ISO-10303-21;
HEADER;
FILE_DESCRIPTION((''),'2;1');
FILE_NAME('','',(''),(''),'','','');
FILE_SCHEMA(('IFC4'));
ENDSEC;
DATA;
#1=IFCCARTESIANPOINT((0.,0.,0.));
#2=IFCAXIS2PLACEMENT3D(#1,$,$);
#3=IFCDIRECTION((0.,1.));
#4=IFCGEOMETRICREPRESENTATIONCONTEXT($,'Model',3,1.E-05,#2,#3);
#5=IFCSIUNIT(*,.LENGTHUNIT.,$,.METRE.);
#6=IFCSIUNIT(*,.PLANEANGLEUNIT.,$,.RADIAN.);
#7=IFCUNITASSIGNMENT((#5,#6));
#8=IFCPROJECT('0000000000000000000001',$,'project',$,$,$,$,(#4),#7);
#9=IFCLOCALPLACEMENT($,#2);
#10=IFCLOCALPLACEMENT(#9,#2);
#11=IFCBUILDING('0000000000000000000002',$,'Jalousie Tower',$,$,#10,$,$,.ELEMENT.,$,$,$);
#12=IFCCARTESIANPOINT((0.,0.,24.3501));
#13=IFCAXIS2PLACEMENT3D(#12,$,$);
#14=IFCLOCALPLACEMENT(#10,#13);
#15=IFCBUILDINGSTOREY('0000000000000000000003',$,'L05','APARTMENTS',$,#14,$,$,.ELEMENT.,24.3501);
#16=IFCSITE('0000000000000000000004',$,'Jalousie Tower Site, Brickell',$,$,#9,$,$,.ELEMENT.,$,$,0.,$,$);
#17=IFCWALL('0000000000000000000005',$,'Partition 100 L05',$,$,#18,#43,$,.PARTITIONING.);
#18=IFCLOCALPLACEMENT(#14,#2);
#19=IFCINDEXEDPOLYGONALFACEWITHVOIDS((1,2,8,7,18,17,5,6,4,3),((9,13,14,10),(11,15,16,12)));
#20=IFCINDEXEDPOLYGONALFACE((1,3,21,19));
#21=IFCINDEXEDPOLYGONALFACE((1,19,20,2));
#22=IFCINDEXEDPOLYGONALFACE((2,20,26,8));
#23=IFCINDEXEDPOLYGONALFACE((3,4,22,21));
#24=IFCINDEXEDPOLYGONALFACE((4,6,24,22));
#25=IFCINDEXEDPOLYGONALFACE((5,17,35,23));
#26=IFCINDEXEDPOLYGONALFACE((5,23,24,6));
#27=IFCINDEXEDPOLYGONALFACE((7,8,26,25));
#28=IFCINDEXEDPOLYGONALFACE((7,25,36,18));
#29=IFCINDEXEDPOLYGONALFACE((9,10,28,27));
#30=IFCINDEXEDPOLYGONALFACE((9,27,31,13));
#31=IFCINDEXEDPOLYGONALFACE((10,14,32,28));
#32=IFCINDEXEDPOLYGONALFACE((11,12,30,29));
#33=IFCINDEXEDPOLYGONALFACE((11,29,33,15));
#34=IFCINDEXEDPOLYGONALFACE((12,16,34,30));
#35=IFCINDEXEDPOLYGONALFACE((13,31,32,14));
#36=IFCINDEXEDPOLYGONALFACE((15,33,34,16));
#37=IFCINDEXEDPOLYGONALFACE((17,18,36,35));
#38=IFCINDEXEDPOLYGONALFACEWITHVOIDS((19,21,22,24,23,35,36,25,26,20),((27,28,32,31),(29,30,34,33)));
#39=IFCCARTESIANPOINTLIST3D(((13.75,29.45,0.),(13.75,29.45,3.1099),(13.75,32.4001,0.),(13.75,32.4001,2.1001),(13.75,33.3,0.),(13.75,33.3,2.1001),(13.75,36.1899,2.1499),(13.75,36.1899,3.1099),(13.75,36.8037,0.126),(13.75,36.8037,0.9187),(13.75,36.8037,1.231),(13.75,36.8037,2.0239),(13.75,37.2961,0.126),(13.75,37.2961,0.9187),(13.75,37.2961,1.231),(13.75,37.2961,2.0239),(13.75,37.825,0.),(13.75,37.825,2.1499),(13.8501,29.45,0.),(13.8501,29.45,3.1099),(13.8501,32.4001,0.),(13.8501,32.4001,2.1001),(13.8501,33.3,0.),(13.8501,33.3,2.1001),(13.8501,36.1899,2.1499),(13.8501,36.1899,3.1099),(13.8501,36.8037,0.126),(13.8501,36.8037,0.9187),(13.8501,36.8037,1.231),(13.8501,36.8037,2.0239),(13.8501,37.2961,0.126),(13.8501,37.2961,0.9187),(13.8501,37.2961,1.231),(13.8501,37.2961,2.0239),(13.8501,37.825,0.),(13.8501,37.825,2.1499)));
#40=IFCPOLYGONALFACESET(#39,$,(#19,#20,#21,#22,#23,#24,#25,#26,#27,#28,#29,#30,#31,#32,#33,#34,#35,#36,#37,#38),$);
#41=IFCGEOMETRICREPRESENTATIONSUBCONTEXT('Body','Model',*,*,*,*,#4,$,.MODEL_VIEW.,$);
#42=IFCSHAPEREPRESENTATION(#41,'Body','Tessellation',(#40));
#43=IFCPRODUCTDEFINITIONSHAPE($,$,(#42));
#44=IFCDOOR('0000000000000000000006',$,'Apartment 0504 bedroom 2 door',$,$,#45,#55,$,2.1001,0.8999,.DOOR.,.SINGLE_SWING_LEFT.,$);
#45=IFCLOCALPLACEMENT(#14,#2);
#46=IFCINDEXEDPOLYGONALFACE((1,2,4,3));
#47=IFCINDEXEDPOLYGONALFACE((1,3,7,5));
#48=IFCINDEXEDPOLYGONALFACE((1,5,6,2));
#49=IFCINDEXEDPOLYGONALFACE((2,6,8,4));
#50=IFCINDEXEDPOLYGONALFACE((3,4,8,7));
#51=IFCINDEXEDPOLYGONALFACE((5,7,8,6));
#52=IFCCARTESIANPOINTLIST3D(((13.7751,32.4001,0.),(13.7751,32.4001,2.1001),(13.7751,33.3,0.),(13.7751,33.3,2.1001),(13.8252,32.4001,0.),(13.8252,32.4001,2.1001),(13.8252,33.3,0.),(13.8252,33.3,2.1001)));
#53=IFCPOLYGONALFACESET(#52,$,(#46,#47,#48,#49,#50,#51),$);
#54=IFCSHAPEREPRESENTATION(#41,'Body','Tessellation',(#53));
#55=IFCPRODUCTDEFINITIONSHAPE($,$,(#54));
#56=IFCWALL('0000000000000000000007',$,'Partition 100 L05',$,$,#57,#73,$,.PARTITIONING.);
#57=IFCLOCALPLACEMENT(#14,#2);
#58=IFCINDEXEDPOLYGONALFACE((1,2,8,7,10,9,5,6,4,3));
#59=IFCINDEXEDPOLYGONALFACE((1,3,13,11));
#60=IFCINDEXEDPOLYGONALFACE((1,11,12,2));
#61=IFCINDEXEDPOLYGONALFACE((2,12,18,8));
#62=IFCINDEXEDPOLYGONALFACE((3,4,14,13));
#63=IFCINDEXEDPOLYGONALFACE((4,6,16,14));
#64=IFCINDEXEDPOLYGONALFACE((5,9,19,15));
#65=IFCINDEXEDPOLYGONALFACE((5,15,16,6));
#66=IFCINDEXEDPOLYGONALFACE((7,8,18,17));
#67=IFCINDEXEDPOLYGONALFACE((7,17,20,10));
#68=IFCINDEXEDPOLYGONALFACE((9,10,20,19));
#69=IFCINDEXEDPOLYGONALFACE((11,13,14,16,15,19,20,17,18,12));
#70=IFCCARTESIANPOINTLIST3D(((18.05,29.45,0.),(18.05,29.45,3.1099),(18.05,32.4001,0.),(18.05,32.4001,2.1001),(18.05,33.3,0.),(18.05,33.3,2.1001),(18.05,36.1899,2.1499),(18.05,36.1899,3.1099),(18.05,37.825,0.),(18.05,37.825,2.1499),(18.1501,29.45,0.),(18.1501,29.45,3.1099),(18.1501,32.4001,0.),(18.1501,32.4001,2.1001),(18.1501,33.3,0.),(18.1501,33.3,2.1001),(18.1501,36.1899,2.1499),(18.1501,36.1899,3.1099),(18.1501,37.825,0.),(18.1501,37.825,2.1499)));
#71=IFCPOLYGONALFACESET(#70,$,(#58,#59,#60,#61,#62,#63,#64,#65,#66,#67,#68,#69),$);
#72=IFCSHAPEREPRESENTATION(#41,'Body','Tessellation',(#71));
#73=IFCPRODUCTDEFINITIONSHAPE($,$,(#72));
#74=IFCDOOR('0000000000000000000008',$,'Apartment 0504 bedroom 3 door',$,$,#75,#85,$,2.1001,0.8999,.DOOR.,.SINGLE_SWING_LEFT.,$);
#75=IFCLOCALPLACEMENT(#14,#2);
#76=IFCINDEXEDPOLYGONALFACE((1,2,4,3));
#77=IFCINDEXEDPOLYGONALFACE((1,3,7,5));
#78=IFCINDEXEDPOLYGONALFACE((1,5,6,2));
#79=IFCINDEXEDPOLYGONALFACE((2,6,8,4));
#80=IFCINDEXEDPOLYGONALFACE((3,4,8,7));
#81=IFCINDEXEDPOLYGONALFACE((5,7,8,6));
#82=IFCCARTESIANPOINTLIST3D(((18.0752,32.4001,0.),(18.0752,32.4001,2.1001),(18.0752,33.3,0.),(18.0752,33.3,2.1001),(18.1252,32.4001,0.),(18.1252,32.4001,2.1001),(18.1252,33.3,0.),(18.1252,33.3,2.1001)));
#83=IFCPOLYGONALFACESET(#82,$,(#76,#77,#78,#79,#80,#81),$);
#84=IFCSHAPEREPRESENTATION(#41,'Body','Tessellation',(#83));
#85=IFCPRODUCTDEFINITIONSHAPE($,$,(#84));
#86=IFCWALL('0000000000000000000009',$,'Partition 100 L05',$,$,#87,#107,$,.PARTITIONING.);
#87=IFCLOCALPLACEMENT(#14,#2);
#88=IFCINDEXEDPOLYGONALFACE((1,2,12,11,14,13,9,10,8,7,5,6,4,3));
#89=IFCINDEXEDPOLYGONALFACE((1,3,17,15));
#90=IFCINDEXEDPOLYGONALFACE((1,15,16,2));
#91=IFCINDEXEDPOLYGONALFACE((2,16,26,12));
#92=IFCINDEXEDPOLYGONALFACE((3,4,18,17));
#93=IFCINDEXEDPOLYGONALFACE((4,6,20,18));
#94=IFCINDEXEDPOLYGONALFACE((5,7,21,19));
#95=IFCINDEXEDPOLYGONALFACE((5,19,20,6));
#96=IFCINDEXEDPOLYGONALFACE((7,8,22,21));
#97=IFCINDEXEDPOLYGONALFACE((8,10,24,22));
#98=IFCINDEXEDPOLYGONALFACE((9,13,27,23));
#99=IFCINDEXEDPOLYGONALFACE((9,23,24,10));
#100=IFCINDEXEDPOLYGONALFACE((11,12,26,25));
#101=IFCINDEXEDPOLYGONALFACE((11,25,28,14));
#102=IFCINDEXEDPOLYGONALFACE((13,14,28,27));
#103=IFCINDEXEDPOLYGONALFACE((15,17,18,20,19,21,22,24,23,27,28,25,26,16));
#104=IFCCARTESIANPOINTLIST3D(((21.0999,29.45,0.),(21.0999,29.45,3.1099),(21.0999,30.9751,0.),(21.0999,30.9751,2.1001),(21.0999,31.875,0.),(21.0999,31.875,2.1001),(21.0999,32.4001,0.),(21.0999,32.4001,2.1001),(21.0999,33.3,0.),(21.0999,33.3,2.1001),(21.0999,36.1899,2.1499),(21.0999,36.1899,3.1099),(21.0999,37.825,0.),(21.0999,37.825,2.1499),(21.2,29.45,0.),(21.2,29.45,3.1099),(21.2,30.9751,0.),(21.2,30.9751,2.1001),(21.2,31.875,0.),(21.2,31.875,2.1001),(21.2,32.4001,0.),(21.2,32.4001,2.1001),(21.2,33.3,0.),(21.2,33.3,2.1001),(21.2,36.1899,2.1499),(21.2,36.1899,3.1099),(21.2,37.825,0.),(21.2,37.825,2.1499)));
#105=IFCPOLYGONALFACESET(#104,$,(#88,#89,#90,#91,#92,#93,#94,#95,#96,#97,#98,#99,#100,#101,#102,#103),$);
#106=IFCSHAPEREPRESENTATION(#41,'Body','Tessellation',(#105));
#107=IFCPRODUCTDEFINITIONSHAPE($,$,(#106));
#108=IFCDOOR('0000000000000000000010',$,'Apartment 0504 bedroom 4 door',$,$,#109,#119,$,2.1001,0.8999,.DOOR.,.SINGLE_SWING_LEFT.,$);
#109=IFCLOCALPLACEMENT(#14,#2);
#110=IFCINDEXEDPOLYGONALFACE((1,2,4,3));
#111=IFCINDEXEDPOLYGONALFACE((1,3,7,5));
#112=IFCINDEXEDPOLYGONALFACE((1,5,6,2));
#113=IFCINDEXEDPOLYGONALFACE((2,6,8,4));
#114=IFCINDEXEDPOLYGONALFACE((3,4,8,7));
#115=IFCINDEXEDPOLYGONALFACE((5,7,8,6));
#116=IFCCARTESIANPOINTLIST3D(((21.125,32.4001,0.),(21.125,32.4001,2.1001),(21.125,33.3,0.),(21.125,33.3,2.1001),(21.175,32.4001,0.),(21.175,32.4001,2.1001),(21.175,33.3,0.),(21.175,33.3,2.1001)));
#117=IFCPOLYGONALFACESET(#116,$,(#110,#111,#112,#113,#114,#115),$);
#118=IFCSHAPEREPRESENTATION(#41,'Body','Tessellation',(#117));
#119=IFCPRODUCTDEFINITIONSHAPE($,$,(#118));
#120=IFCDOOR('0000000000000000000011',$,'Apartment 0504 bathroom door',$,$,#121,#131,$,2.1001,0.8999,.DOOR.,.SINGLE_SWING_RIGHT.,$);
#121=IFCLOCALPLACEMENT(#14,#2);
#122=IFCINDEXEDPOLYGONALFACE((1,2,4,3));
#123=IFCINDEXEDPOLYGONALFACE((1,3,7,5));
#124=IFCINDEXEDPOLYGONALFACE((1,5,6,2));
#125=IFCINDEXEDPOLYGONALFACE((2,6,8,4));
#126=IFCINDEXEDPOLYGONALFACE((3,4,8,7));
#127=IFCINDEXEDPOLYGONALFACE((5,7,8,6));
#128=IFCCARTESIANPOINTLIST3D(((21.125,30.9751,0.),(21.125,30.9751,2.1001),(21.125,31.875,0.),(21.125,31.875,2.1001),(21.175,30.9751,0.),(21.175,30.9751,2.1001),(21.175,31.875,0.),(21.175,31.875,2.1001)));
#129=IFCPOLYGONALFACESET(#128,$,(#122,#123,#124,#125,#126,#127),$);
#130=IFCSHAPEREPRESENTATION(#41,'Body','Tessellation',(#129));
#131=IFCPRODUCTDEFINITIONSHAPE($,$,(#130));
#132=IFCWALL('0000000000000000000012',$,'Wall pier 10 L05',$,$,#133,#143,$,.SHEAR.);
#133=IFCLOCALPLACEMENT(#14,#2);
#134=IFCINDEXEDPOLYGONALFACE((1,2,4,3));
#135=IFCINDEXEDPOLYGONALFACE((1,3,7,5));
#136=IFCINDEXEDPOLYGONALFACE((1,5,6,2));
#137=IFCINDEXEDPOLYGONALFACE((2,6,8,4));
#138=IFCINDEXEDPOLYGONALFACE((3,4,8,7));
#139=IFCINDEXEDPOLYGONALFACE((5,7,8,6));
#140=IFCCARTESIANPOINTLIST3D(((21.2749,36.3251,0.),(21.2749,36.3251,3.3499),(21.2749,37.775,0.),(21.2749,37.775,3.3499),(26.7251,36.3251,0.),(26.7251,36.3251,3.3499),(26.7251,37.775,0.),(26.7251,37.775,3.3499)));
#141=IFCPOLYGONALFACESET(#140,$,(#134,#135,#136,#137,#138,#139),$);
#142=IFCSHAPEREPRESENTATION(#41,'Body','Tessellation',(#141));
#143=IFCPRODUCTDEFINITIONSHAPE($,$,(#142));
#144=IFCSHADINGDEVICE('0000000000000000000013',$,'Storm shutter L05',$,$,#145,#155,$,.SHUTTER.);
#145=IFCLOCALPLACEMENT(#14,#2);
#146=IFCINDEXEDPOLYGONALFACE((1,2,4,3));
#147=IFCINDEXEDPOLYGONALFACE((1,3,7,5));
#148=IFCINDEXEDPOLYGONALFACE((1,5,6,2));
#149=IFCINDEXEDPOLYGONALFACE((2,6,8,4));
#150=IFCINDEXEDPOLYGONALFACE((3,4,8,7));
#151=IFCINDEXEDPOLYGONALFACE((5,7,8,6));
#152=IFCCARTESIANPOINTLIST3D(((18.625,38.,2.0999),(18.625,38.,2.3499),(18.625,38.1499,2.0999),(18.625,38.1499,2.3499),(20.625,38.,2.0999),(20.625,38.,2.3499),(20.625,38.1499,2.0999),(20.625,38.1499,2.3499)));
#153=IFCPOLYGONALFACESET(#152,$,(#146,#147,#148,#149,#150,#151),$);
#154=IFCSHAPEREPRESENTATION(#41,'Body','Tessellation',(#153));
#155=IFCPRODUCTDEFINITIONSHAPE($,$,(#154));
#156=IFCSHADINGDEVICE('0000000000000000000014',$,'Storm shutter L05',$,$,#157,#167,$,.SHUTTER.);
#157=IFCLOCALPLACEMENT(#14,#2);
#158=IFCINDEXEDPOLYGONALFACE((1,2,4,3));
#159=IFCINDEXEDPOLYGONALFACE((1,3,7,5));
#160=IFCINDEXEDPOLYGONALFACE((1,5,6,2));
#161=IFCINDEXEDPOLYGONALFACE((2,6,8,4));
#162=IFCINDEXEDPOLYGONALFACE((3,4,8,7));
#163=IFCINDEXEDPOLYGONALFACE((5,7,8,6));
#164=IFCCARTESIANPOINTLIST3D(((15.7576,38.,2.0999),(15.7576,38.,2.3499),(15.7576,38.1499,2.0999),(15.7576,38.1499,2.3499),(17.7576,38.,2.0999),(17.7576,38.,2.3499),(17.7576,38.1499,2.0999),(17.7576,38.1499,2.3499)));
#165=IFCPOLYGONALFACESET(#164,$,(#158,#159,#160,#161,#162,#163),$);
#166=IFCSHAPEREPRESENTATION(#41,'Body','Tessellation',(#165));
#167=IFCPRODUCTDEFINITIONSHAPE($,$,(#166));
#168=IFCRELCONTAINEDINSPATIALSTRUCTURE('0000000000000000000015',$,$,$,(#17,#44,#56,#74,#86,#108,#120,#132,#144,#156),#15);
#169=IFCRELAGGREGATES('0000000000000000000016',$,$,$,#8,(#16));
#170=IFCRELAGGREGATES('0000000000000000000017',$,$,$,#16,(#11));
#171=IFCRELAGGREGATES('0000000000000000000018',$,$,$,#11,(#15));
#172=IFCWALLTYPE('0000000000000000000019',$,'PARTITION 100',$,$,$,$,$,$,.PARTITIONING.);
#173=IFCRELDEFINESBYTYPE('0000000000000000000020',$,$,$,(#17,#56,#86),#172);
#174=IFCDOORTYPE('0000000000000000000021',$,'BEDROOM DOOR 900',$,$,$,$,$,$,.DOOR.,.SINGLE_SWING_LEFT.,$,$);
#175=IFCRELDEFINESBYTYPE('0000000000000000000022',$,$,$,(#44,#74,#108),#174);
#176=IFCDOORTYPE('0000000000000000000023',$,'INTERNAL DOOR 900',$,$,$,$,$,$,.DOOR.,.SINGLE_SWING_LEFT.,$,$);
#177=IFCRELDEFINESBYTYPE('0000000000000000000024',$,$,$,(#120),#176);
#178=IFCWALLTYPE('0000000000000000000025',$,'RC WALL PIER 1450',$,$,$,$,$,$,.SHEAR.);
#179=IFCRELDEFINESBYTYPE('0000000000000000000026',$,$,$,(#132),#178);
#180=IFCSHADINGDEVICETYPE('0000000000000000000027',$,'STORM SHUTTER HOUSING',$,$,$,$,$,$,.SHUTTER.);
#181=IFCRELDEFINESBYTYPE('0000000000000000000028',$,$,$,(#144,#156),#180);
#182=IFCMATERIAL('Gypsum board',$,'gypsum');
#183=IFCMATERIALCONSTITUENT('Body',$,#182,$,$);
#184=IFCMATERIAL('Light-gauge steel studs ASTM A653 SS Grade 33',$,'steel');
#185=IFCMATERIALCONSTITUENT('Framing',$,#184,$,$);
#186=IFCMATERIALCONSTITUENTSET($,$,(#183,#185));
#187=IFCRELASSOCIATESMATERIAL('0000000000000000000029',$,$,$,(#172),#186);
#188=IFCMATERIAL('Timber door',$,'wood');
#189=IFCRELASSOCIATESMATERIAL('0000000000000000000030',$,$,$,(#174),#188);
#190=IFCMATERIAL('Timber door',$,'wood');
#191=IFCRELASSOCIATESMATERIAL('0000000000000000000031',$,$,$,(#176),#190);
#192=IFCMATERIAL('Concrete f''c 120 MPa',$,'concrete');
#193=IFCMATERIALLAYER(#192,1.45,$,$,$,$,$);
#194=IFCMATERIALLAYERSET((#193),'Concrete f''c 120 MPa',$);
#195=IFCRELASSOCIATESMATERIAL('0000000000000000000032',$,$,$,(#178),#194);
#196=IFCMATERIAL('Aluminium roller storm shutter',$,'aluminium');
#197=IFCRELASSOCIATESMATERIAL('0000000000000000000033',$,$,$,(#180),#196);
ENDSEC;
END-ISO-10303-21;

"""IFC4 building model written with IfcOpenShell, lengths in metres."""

from ifc_helpers import new_model, si_unit, direction, frame, frame_2d, origin, origin_2d, place, context, subcontext, project, spatial, polyline, rectangle, outline, extrude, material, layer, layer_set, constituent, constituent_set, type_object, element, fill, save


model = new_model("IFC4")

# Units and contexts
model_context = context("Model", 3, precision=1e-05, world=origin(), true_north=direction((0.0, 1.0)))
body_context = subcontext(model_context, "Body", "Model", "MODEL_VIEW")
ifc_project = project(units=[si_unit("LENGTHUNIT", "METRE"), si_unit("PLANEANGLEUNIT", "RADIAN")], contexts=[model_context])

# Site, building, storey
site_placement = place(None, origin())
site = spatial("IfcSite", under=ifc_project, at=site_placement, Name="Jalousie Tower Site, Brickell", CompositionType="ELEMENT", RefElevation=0.0)
building_placement = place(site_placement, origin())
building = spatial("IfcBuilding", under=site, at=building_placement, Name="Jalousie Tower", CompositionType="ELEMENT")
storey_placement = place(building_placement, frame((0.0, 0.0, 24.3501)))
storey = spatial("IfcBuildingStorey", under=building, at=storey_placement, Name="L05", Description="APARTMENTS", CompositionType="ELEMENT", Elevation=24.3501)

# Walls, openings, doors
ifc_material_1 = material(Name="Gypsum board", Category="gypsum")
ifc_constituent_1 = constituent(ifc_material_1, Name="Body")
ifc_material_2 = material(Name="Light-gauge steel studs ASTM A653 SS Grade 33", Category="steel")
ifc_constituent_2 = constituent(ifc_material_2, Name="Framing")
ifc_constituent_set = constituent_set(constituents=[ifc_constituent_1, ifc_constituent_2])
wall_type_1 = type_object("IfcWallType", Name="PARTITION 100", PredefinedType="PARTITIONING", material=ifc_constituent_set)
wall_1_placement = place(storey_placement, frame((13.8, 37.825, 0.0), z_axis=(0.0, 0.0, 1.0), x_axis=(0.0, -1.0, 0.0)))
wall_1 = element("IfcWall", 1, at=wall_1_placement, inside=storey, type_object=wall_type_1, Name="Partition 100 L05", PredefinedType="PARTITIONING", context=body_context, shape_type="SweptSolid", body=[
    extrude(outline(polyline([(1.635, 2.1499), (0.0, 2.1499), (0.0, 0.0), (8.375, 0.0), (8.375, 3.1099), (1.635, 3.1099), (1.635, 2.1499)]), holes=[polyline([(1.0212, 0.126), (0.5288, 0.126), (0.5288, 0.9187), (1.0212, 0.9187), (1.0212, 0.126)]), polyline([(1.0212, 1.231), (0.5288, 1.231), (0.5288, 2.0239), (1.0212, 2.0239), (1.0212, 1.231)])]), frame((0.0, 0.05, 0.0), z_axis=(0.0, -1.0, 0.0), x_axis=(1.0, 0.0, 0.0)), (0.0, 0.0, 1.0), 0.1001),
])
opening_1_placement = place(wall_1_placement, frame((4.5249, 0.0, 0.0)))
opening_1 = element("IfcOpeningElement", 2, at=opening_1_placement, cuts=wall_1, PredefinedType="OPENING", context=body_context, shape_type="SweptSolid", body=[
    extrude(rectangle(XDim=0.8999, YDim=2.1001, at=frame_2d((0.45, 1.05))), frame((0.0, 0.0601, 0.0), z_axis=(0.0, -1.0, 0.0), x_axis=(1.0, 0.0, 0.0)), (0.0, 0.0, 1.0), 0.1201),
])
ifc_material_3 = material(Name="Timber door", Category="wood")
door_type_1 = type_object("IfcDoorType", Name="BEDROOM DOOR 900", OperationType="SINGLE_SWING_LEFT", PredefinedType="DOOR", material=ifc_material_3)
door_1_placement = place(opening_1_placement, frame((0.8999, 0.0, 0.0), z_axis=(0.0, 0.0, 1.0), x_axis=(-1.0, 0.0, 0.0)))
door_1 = element("IfcDoor", 3, at=door_1_placement, inside=storey, type_object=door_type_1, Name="Apartment 0504 bedroom 2 door", OperationType="SINGLE_SWING_LEFT", OverallHeight=2.1001, OverallWidth=0.8999, PredefinedType="DOOR", context=body_context, shape_type="SweptSolid", body=[
    extrude(rectangle(XDim=0.8999, YDim=2.1001, at=frame_2d((0.45, 1.05))), frame((0.0, 0.0249, 0.0), z_axis=(0.0, -1.0, 0.0), x_axis=(1.0, 0.0, 0.0)), (0.0, 0.0, 1.0), 0.05),
])
fill(opening_1, door_1)
wall_2_placement = place(storey_placement, frame((18.1001, 37.825, 0.0), z_axis=(0.0, 0.0, 1.0), x_axis=(0.0, -1.0, 0.0)))
wall_2 = element("IfcWall", 4, at=wall_2_placement, inside=storey, type_object=wall_type_1, Name="Partition 100 L05", PredefinedType="PARTITIONING", context=body_context, shape_type="SweptSolid", body=[
    extrude(outline(polyline([(0.0, 0.0), (8.375, 0.0), (8.375, 3.1099), (1.635, 3.1099), (1.635, 2.1499), (0.0, 2.1499), (0.0, 3.1099), (0.0, 0.0)])), frame((0.0, 0.05, 0.0), z_axis=(0.0, -1.0, 0.0), x_axis=(1.0, 0.0, 0.0)), (0.0, 0.0, 1.0), 0.1001),
])
opening_2_placement = place(wall_2_placement, frame((4.5249, 0.0, 0.0)))
opening_2 = element("IfcOpeningElement", 5, at=opening_2_placement, cuts=wall_2, PredefinedType="OPENING", context=body_context, shape_type="SweptSolid", body=[
    extrude(rectangle(XDim=0.8999, YDim=2.1001, at=frame_2d((0.45, 1.05))), frame((0.0, 0.0601, 0.0), z_axis=(0.0, -1.0, 0.0), x_axis=(1.0, 0.0, 0.0)), (0.0, 0.0, 1.0), 0.1201),
])
door_2_placement = place(opening_2_placement, frame((0.8999, 0.0, 0.0), z_axis=(0.0, 0.0, 1.0), x_axis=(-1.0, 0.0, 0.0)))
door_2 = element("IfcDoor", 6, at=door_2_placement, inside=storey, type_object=door_type_1, Name="Apartment 0504 bedroom 3 door", OperationType="SINGLE_SWING_LEFT", OverallHeight=2.1001, OverallWidth=0.8999, PredefinedType="DOOR", context=body_context, shape_type="SweptSolid", body=[
    extrude(rectangle(XDim=0.8999, YDim=2.1001, at=frame_2d((0.45, 1.05))), frame((0.0, 0.0249, 0.0), z_axis=(0.0, -1.0, 0.0), x_axis=(1.0, 0.0, 0.0)), (0.0, 0.0, 1.0), 0.05),
])
fill(opening_2, door_2)

# Wall, openings, doors
wall_3_placement = place(storey_placement, frame((21.1499, 37.825, 0.0), z_axis=(0.0, 0.0, 1.0), x_axis=(0.0, -1.0, 0.0)))
wall_3 = element("IfcWall", 7, at=wall_3_placement, inside=storey, type_object=wall_type_1, Name="Partition 100 L05", PredefinedType="PARTITIONING", context=body_context, shape_type="SweptSolid", body=[
    extrude(outline(polyline([(0.0, 0.0), (8.375, 0.0), (8.375, 3.1099), (1.635, 3.1099), (1.635, 2.1499), (0.0, 2.1499), (0.0, 3.1099), (0.0, 0.0)])), frame((0.0, 0.05, 0.0), z_axis=(0.0, -1.0, 0.0), x_axis=(1.0, 0.0, 0.0)), (0.0, 0.0, 1.0), 0.1001),
])
opening_3_placement = place(wall_3_placement, frame((4.5249, 0.0, 0.0)))
opening_3 = element("IfcOpeningElement", 8, at=opening_3_placement, cuts=wall_3, PredefinedType="OPENING", context=body_context, shape_type="SweptSolid", body=[
    extrude(rectangle(XDim=0.8999, YDim=2.1001, at=frame_2d((0.45, 1.05))), frame((0.0, 0.0601, 0.0), z_axis=(0.0, -1.0, 0.0), x_axis=(1.0, 0.0, 0.0)), (0.0, 0.0, 1.0), 0.1201),
])
opening_4_placement = place(wall_3_placement, frame((5.95, 0.0, 0.0)))
opening_4 = element("IfcOpeningElement", 9, at=opening_4_placement, cuts=wall_3, PredefinedType="OPENING", context=body_context, shape_type="SweptSolid", body=[
    extrude(rectangle(XDim=0.8999, YDim=2.1001, at=frame_2d((0.45, 1.05))), frame((0.0, 0.0601, 0.0), z_axis=(0.0, -1.0, 0.0), x_axis=(1.0, 0.0, 0.0)), (0.0, 0.0, 1.0), 0.1201),
])
door_3_placement = place(opening_3_placement, frame((0.8999, 0.0, 0.0), z_axis=(0.0, 0.0, 1.0), x_axis=(-1.0, 0.0, 0.0)))
door_3 = element("IfcDoor", 10, at=door_3_placement, inside=storey, type_object=door_type_1, Name="Apartment 0504 bedroom 4 door", OperationType="SINGLE_SWING_LEFT", OverallHeight=2.1001, OverallWidth=0.8999, PredefinedType="DOOR", context=body_context, shape_type="SweptSolid", body=[
    extrude(rectangle(XDim=0.8999, YDim=2.1001, at=frame_2d((0.45, 1.05))), frame((0.0, 0.0249, 0.0), z_axis=(0.0, -1.0, 0.0), x_axis=(1.0, 0.0, 0.0)), (0.0, 0.0, 1.0), 0.05),
])
fill(opening_3, door_3)
ifc_material_4 = material(Name="Timber door", Category="wood")
door_type_2 = type_object("IfcDoorType", Name="INTERNAL DOOR 900", OperationType="SINGLE_SWING_LEFT", PredefinedType="DOOR", material=ifc_material_4)
door_4_placement = place(opening_4_placement, frame((0.8999, 0.0, 0.0), z_axis=(0.0, 0.0, 1.0), x_axis=(-1.0, 0.0, 0.0)))
door_4 = element("IfcDoor", 11, at=door_4_placement, inside=storey, type_object=door_type_2, Name="Apartment 0504 bathroom door", OperationType="SINGLE_SWING_RIGHT", OverallHeight=2.1001, OverallWidth=0.8999, PredefinedType="DOOR", context=body_context, shape_type="SweptSolid", body=[
    extrude(rectangle(XDim=0.8999, YDim=2.1001, at=frame_2d((0.45, 1.05))), frame((0.0, 0.0249, 0.0), z_axis=(0.0, -1.0, 0.0), x_axis=(1.0, 0.0, 0.0)), (0.0, 0.0, 1.0), 0.05),
])
fill(opening_4, door_4)

# Wall
ifc_material_5 = material(Name="Concrete f'c 120 MPa", Category="concrete")
ifc_layer_1 = layer(ifc_material_5, 1.45)
ifc_layer_set_1 = layer_set([ifc_layer_1], Name="Concrete f'c 120 MPa")
wall_type_2 = type_object("IfcWallType", Name="RC WALL PIER 1450", PredefinedType="SHEAR", material=ifc_layer_set_1)
wall_4_placement = place(storey_placement, frame((21.2749, 37.05, 0.0), z_axis=(0.0, 0.0, 1.0), x_axis=(1.0, 0.0, 0.0)))
element("IfcWall", 12, at=wall_4_placement, inside=storey, type_object=wall_type_2, Name="Wall pier 10 L05", PredefinedType="SHEAR", context=body_context, shape_type="SweptSolid", body=[
    extrude(rectangle(XDim=5.4502, YDim=1.45, at=frame_2d((2.7251, 0.0))), origin(), (0.0, 0.0, 1.0), 3.3499),
])

# Shading devices
ifc_material_6 = material(Name="Aluminium roller storm shutter", Category="aluminium")
shading_device_type = type_object("IfcShadingDeviceType", Name="STORM SHUTTER HOUSING", PredefinedType="SHUTTER", material=ifc_material_6)
for number, where, z_axis, x_axis, name in (
    (13, (19.625, 38.075, 2.0999), (0.0, 0.0, 1.0), (-1.0, 0.0, 0.0), "Storm shutter L05"),
    (14, (16.7576, 38.075, 2.0999), (0.0, 0.0, 1.0), (-1.0, 0.0, 0.0), "Storm shutter L05"),
):
    element("IfcShadingDevice", number, at=place(storey_placement, frame(where, z_axis=z_axis, x_axis=x_axis)), inside=storey, type_object=shading_device_type, Name=name, PredefinedType="SHUTTER", context=body_context, shape_type="SweptSolid", body=[
        extrude(rectangle(XDim=2.0, YDim=0.1499, at=origin_2d()), origin(), (0.0, 0.0, 1.0), 0.25),
    ])

save(model, "model.ifc")
